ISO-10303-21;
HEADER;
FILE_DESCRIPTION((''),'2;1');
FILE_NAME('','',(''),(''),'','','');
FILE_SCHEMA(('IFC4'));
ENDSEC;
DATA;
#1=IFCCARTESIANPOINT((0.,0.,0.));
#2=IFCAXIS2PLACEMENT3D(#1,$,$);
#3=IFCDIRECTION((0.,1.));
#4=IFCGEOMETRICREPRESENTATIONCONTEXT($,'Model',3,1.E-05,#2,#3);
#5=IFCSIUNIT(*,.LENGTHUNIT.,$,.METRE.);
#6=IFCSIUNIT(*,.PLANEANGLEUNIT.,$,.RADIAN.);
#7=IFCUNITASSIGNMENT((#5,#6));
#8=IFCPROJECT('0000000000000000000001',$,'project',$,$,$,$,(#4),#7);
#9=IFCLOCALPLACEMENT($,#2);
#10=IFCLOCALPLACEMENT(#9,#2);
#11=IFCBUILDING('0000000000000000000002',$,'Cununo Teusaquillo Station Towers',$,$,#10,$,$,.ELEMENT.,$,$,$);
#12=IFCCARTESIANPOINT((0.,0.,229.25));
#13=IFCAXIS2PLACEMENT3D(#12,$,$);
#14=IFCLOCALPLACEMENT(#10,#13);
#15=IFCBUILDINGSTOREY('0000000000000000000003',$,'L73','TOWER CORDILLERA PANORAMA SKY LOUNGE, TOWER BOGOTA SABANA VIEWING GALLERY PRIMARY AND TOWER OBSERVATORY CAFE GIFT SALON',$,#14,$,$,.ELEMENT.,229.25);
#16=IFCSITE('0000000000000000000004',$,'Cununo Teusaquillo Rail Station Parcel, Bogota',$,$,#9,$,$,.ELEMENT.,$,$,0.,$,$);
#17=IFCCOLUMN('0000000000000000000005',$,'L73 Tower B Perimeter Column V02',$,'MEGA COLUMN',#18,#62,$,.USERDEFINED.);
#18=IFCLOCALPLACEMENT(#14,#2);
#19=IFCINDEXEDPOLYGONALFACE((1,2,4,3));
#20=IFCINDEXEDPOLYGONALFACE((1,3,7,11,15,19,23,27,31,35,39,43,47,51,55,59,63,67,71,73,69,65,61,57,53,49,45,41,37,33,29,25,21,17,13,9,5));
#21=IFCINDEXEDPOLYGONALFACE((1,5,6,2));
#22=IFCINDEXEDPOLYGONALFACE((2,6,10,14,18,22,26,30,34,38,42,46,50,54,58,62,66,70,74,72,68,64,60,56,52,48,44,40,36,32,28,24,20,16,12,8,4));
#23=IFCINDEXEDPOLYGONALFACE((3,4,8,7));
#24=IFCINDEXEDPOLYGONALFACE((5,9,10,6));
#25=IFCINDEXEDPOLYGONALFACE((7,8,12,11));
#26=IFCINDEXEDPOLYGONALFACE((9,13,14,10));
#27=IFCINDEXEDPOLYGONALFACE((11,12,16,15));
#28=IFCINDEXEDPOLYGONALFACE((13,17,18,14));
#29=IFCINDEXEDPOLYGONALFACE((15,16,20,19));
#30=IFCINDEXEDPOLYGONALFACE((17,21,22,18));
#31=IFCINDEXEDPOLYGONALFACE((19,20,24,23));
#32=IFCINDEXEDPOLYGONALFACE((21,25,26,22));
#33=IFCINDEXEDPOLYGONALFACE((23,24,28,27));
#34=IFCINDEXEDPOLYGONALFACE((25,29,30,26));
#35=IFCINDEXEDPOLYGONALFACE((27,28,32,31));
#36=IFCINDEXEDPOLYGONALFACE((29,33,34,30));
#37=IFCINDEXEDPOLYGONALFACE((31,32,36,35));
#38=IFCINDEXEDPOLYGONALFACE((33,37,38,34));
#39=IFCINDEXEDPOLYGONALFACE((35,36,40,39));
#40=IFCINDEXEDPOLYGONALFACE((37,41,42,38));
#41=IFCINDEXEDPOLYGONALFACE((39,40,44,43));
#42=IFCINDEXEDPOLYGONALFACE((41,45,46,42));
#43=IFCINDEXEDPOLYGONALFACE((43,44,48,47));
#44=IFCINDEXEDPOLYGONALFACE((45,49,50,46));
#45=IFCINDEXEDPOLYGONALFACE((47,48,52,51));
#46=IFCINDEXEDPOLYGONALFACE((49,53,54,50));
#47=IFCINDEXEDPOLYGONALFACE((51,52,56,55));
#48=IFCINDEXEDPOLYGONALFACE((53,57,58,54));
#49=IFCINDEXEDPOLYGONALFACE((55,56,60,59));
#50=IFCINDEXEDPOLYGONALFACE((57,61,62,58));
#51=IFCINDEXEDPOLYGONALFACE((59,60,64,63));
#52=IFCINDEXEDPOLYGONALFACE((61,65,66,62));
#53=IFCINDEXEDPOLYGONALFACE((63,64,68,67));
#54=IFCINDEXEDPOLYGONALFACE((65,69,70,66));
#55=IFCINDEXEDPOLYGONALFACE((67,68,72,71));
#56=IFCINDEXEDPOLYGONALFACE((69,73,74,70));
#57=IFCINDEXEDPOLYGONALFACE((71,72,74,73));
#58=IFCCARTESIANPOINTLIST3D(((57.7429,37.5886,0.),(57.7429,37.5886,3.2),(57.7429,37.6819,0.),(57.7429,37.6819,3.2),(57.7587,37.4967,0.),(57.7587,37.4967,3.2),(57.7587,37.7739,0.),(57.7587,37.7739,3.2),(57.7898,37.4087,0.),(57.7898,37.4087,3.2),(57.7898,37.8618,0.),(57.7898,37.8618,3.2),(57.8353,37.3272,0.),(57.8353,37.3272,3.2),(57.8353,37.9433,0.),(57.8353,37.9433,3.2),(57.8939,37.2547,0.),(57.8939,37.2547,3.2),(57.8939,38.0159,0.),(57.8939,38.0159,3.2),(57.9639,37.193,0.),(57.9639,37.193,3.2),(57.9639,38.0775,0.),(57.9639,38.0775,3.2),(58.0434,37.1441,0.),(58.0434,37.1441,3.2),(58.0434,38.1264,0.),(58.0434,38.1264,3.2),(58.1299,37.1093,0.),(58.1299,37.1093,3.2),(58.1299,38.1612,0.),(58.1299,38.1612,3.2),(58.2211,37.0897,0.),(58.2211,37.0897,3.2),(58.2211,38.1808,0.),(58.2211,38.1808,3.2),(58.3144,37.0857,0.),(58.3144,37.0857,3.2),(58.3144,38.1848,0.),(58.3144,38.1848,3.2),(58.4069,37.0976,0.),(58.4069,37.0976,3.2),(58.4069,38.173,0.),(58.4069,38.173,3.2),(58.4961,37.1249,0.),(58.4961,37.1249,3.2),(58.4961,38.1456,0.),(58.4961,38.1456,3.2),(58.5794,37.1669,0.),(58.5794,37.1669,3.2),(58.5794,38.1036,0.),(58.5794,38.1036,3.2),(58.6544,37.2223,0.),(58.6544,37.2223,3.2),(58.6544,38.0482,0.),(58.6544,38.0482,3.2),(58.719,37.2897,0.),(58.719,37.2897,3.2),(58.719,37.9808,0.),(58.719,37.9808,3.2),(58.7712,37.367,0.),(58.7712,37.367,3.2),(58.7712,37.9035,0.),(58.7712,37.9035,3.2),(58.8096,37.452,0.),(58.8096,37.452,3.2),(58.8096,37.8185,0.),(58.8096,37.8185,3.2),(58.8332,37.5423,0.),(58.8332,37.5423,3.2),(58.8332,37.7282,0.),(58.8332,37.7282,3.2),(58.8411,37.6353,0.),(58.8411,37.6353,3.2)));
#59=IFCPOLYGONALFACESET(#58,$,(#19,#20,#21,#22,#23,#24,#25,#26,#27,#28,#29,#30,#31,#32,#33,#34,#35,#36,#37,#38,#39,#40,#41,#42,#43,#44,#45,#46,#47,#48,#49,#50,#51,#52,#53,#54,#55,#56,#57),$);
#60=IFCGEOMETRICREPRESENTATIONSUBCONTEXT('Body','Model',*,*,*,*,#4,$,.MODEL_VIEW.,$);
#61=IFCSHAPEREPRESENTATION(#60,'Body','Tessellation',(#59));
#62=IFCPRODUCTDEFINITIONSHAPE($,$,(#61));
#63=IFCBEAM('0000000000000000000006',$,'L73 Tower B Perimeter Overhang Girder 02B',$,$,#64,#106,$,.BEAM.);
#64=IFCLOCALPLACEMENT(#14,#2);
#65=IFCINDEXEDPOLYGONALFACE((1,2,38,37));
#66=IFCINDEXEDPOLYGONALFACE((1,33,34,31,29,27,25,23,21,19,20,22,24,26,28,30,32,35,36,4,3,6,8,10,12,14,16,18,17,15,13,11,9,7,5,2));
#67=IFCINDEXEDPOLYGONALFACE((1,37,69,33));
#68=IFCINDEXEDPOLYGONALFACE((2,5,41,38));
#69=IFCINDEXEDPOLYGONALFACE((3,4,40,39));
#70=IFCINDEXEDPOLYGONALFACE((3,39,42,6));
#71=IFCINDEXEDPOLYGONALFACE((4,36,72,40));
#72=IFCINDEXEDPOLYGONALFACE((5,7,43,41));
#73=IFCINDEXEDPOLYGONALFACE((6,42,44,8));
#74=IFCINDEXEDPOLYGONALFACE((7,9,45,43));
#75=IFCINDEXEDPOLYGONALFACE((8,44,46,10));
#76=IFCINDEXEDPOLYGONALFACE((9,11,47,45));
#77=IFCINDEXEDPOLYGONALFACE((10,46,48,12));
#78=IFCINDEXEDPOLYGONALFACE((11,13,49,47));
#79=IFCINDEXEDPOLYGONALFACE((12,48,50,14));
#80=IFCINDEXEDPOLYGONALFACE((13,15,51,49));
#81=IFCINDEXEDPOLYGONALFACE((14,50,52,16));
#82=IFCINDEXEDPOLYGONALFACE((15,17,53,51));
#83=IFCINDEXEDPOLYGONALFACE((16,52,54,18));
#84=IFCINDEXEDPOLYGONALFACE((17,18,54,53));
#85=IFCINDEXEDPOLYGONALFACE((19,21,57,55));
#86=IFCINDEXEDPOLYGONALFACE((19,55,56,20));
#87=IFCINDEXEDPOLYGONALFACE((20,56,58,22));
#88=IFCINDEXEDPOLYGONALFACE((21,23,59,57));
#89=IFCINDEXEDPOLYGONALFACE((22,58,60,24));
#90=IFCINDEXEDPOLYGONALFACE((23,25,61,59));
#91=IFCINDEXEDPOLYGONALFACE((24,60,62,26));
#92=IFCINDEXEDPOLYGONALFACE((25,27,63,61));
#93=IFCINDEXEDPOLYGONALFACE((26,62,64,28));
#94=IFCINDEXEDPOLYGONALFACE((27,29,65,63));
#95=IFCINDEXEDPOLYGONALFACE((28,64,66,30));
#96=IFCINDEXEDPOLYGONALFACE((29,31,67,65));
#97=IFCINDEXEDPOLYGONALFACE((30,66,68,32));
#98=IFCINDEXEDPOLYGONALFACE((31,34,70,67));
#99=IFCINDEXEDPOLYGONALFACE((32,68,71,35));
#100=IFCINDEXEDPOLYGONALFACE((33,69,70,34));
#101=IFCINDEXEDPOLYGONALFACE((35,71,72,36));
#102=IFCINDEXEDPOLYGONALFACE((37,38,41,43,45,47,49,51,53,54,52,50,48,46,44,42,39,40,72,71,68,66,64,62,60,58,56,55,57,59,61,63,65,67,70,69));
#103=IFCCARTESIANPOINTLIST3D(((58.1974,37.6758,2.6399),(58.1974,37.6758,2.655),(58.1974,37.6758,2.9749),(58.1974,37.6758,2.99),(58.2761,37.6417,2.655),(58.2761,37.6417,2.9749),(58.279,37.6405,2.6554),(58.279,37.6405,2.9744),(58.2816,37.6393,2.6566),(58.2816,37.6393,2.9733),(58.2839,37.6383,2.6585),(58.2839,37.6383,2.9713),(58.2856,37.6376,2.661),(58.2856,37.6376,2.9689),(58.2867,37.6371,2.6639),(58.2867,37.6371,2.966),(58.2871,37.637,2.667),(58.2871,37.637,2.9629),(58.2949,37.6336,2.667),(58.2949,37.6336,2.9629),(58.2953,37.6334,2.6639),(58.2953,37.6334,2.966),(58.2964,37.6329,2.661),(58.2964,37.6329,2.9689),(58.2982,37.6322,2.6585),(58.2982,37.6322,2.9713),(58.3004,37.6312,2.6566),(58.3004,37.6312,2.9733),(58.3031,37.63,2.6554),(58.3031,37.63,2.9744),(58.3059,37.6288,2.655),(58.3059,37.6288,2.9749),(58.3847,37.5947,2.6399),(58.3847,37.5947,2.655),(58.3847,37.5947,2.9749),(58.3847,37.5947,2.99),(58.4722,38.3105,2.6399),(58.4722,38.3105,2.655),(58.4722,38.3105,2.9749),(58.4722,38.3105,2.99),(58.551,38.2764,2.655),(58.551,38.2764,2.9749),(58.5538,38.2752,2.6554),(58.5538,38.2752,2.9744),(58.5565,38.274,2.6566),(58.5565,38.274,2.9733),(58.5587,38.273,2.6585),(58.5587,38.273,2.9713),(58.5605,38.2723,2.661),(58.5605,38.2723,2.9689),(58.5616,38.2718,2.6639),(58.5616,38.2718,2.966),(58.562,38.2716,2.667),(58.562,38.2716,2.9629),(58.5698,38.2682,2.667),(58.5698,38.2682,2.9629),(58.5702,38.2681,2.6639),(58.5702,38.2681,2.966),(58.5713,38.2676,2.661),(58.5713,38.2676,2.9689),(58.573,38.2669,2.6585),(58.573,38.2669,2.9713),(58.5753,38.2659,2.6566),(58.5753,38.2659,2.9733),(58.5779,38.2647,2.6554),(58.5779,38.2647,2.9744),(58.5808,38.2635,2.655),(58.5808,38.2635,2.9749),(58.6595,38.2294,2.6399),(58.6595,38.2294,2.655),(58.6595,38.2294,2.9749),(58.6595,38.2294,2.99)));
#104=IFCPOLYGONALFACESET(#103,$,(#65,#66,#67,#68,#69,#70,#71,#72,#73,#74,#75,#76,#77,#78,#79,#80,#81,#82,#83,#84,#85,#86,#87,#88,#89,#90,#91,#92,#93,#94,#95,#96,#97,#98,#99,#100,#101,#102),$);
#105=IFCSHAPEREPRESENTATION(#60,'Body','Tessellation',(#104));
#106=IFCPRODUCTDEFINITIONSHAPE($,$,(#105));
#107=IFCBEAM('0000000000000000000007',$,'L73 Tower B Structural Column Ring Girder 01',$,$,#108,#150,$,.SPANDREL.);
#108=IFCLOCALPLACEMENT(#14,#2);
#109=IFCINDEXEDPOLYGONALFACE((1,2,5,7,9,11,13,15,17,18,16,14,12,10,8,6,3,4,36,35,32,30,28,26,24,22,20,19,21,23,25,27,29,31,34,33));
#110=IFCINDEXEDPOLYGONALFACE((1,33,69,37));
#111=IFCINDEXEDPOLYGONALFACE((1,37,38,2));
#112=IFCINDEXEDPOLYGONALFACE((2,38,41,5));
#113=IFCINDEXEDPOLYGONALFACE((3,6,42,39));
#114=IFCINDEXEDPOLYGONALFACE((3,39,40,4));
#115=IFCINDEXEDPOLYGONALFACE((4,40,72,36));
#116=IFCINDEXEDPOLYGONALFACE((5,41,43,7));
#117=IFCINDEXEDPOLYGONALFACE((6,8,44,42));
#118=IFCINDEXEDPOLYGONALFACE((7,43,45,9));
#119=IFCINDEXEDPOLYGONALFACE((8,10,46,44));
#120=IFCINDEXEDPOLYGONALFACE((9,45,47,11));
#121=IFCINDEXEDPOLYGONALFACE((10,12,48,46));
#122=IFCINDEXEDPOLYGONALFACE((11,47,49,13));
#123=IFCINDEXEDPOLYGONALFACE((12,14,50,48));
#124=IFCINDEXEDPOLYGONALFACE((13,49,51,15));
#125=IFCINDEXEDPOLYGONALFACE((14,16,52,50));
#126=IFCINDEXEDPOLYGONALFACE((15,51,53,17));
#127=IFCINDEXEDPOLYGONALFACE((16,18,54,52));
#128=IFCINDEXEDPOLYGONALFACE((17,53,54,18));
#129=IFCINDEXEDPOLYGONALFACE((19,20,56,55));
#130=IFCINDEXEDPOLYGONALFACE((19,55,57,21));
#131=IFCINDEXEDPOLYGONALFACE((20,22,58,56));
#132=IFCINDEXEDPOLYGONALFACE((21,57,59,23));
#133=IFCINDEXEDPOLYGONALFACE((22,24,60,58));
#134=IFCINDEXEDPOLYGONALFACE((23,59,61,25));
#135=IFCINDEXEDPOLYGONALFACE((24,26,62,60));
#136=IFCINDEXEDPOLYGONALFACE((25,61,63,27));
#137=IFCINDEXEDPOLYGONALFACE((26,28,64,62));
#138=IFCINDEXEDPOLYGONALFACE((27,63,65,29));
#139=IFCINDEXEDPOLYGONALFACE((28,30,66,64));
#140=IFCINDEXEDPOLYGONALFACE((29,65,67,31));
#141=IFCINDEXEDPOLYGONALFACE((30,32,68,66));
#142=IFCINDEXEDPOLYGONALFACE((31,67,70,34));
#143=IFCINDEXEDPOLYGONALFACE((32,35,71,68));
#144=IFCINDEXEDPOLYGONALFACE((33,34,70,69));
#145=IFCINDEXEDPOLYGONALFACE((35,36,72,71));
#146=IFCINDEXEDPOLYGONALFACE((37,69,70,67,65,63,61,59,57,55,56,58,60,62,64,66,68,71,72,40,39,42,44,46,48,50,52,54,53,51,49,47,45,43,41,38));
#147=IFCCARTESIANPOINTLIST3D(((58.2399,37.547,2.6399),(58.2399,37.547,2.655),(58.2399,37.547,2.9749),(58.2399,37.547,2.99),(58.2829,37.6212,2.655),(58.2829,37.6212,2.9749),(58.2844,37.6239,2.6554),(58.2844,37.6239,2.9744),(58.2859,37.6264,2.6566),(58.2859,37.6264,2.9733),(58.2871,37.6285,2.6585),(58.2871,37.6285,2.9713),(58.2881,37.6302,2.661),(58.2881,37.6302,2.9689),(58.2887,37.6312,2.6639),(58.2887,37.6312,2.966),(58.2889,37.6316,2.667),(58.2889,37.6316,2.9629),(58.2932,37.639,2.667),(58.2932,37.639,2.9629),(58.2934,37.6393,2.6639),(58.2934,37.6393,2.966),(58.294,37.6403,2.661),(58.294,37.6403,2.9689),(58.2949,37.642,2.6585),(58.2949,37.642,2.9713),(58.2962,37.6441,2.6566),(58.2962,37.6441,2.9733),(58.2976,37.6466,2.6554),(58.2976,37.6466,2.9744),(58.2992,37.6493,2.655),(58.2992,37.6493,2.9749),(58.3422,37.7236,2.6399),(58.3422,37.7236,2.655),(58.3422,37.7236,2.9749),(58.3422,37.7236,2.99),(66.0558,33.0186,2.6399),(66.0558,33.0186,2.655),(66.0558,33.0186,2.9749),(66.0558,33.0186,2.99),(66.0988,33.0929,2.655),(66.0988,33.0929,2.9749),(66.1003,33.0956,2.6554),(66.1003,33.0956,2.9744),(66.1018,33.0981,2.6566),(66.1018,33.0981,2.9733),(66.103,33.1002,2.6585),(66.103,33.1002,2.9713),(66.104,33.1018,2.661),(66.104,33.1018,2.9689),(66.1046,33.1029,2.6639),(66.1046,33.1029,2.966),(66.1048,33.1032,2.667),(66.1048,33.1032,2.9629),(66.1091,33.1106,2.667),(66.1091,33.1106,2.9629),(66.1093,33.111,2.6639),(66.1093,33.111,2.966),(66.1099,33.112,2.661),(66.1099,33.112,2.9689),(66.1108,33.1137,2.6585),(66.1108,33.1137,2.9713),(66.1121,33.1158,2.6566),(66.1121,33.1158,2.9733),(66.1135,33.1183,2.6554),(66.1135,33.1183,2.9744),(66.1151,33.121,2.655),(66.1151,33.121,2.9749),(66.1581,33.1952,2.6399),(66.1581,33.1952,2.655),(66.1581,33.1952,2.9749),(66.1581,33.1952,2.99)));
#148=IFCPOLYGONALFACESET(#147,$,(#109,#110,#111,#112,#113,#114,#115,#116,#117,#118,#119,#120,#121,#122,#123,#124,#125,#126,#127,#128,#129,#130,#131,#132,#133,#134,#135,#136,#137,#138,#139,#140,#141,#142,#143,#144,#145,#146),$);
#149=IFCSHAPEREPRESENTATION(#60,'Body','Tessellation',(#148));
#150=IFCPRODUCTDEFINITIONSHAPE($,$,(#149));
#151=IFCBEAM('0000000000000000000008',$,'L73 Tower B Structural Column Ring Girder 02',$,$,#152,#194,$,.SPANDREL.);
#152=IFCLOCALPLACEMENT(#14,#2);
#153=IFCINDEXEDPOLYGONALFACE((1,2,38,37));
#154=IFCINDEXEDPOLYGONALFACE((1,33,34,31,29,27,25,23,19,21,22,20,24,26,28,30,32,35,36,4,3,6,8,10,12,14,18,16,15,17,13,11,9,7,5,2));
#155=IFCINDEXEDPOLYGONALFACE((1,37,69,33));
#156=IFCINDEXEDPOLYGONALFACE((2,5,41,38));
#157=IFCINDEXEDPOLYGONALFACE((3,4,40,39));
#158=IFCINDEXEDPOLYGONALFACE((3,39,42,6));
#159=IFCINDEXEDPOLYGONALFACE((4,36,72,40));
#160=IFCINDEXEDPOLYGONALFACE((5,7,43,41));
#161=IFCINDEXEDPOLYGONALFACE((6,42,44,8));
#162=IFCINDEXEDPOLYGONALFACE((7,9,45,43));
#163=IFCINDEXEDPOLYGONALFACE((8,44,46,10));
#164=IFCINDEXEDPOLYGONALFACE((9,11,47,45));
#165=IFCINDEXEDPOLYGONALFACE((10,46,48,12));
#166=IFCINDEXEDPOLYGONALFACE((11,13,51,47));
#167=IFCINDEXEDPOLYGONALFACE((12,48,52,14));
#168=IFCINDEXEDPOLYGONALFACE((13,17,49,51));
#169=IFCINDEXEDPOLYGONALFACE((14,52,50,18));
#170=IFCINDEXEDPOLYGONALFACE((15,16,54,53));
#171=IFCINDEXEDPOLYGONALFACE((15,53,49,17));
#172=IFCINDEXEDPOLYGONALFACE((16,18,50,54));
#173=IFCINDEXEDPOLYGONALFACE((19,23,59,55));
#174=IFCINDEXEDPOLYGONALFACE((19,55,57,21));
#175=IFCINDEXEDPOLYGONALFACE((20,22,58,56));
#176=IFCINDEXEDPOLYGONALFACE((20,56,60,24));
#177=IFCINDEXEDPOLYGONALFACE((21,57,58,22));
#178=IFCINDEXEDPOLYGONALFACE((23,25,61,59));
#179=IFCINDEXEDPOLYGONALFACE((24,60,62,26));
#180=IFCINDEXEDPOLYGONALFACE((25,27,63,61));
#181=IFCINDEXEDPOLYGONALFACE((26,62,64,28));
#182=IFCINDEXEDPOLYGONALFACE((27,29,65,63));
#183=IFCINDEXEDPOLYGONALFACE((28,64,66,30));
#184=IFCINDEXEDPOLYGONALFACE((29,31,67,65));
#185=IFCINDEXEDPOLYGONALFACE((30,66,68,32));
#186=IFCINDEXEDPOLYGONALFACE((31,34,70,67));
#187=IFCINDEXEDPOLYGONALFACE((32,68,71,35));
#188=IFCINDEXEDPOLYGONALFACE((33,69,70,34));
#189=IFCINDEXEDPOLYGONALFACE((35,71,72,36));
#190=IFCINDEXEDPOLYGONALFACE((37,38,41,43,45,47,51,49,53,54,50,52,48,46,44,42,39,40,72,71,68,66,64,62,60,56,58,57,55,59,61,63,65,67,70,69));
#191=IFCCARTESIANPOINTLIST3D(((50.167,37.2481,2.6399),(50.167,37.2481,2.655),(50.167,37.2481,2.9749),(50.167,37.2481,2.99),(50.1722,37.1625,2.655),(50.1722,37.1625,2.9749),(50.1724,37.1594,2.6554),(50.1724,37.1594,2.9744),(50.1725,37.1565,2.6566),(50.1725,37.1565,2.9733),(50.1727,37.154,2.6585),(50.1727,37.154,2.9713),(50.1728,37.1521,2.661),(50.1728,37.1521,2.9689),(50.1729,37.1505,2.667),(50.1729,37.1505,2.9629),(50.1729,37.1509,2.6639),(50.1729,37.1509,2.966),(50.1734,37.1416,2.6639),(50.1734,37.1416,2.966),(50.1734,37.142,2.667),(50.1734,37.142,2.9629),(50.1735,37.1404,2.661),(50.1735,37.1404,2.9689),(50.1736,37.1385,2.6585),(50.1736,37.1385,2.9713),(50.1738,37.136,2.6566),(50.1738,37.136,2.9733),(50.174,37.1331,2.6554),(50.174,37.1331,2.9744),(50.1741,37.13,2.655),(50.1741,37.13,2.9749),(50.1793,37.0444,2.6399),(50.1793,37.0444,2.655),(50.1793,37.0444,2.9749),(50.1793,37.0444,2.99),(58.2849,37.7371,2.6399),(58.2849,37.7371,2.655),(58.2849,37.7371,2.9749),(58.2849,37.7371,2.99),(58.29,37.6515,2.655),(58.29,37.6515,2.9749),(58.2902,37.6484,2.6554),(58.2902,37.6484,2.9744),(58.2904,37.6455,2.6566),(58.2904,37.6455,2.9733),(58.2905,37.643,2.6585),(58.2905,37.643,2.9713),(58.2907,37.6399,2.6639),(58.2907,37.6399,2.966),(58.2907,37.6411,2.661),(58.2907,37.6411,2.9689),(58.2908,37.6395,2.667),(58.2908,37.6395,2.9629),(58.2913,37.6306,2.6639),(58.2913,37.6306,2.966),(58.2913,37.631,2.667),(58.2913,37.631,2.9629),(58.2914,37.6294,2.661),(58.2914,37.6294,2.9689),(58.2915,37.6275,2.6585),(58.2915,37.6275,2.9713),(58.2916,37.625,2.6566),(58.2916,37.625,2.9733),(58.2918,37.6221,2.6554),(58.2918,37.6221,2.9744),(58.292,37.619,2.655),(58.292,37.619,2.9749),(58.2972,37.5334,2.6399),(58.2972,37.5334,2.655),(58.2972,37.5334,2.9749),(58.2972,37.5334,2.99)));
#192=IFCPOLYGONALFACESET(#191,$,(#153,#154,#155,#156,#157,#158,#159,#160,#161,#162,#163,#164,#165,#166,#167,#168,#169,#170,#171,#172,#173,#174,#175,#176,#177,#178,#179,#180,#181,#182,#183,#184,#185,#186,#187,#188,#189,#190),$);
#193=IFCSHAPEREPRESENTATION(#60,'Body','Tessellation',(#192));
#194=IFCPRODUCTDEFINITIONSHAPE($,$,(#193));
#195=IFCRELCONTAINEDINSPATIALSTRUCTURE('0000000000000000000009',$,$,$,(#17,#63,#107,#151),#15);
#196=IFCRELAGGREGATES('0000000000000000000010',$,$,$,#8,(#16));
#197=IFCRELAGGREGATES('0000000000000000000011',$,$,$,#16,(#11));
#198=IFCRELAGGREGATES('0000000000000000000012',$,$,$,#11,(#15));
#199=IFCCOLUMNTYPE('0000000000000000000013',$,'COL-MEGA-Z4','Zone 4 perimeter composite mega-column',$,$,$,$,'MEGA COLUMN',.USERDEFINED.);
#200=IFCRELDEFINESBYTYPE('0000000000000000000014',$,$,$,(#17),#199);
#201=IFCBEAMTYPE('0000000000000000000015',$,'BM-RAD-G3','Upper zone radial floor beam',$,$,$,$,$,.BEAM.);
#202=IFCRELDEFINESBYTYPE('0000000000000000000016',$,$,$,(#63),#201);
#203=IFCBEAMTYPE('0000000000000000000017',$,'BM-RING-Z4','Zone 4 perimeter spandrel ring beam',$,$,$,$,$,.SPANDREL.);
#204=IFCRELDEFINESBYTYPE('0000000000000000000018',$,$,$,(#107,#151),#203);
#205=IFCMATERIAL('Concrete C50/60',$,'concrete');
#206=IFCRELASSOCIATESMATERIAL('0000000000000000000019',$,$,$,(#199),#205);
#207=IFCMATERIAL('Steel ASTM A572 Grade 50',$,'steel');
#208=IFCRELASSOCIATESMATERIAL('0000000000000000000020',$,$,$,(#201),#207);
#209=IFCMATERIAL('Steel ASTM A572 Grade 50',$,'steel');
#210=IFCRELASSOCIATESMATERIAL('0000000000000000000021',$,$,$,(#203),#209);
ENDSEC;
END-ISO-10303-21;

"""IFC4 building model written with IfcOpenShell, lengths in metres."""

from ifc_helpers import new_model, si_unit, direction, frame, origin, origin_2d, place, context, subcontext, project, spatial, circle, i_section, extrude, material, material_profile, profile_set, type_object, element, save


model = new_model("IFC4")

# Units and contexts
model_context = context("Model", 3, precision=1e-05, world=origin(), true_north=direction((0.0, 1.0)))
body_context = subcontext(model_context, "Body", "Model", "MODEL_VIEW")
ifc_project = project(units=[si_unit("LENGTHUNIT", "METRE"), si_unit("PLANEANGLEUNIT", "RADIAN")], contexts=[model_context])

# Site, building, storey
site_placement = place(None, origin())
site = spatial("IfcSite", under=ifc_project, at=site_placement, Name="Cununo Teusaquillo Rail Station Parcel, Bogota", CompositionType="ELEMENT", RefElevation=0.0)
building_placement = place(site_placement, origin())
building = spatial("IfcBuilding", under=site, at=building_placement, Name="Cununo Teusaquillo Station Towers", CompositionType="ELEMENT")
storey_placement = place(building_placement, frame((0.0, 0.0, 229.25)))
storey = spatial("IfcBuildingStorey", under=building, at=storey_placement, Name="L73", Description="TOWER CORDILLERA PANORAMA SKY LOUNGE, TOWER BOGOTA SABANA VIEWING GALLERY PRIMARY AND TOWER OBSERVATORY CAFE GIFT SALON", CompositionType="ELEMENT", Elevation=229.25)

# Column
ifc_material_1 = material(Name="Concrete C50/60", Category="concrete")
ifc_material_profile_1 = material_profile(ifc_material_1, circle(Radius=0.55, at=origin_2d()), Name="RC-CIRC-1100")
ifc_profile_set_1 = profile_set([ifc_material_profile_1], Name="Concrete C50/60")
column_type = type_object("IfcColumnType", Name="COL-MEGA-Z4", Description="Zone 4 perimeter composite mega-column", ElementType="MEGA COLUMN", PredefinedType="USERDEFINED", material=ifc_profile_set_1)
column_placement = place(storey_placement, frame((58.291, 37.6353, 0.0), z_axis=(0.0, 0.0, 1.0), x_axis=(1.0, 0.0, 0.0)))
element("IfcColumn", 1, at=column_placement, inside=storey, type_object=column_type, Name="L73 Tower B Perimeter Column V02", ObjectType="MEGA COLUMN", PredefinedType="USERDEFINED", context=body_context, shape_type="SweptSolid", body=[
    extrude(circle(Radius=0.55, at=origin_2d()), origin(), (0.0, 0.0, 1.0), 3.2),
])

# Beams
ifc_material_2 = material(Name="Steel ASTM A572 Grade 50", Category="steel")
ifc_material_profile_2 = material_profile(ifc_material_2, i_section(OverallWidth=0.2041, OverallDepth=0.3501, WebThickness=0.0085, FlangeThickness=0.0151, FilletRadius=0.012, at=origin_2d()), Name="W14X48")
ifc_profile_set_2 = profile_set([ifc_material_profile_2], Name="Steel ASTM A572 Grade 50")
beam_type_1 = type_object("IfcBeamType", Name="BM-RAD-G3", Description="Upper zone radial floor beam", PredefinedType="BEAM", material=ifc_profile_set_2)
beam_1_placement = place(storey_placement, frame((58.291, 37.6353, 2.8149), z_axis=(0.397409, 0.917641, 0.0), x_axis=(-0.917641, 0.397409, 0.0)))
element("IfcBeam", 2, at=beam_1_placement, inside=storey, type_object=beam_type_1, Name="L73 Tower B Perimeter Overhang Girder 02B", PredefinedType="BEAM", context=body_context, shape_type="SweptSolid", body=[
    extrude(i_section(OverallWidth=0.2041, OverallDepth=0.3501, WebThickness=0.0085, FlangeThickness=0.0151, FilletRadius=0.012, at=origin_2d()), origin(), (0.0, 0.0, 1.0), 0.6917),
])
ifc_material_3 = material(Name="Steel ASTM A572 Grade 50", Category="steel")
ifc_material_profile_3 = material_profile(ifc_material_3, i_section(OverallWidth=0.2041, OverallDepth=0.3501, WebThickness=0.0085, FlangeThickness=0.0151, FilletRadius=0.012, at=origin_2d()), Name="W14X48")
ifc_profile_set_3 = profile_set([ifc_material_profile_3], Name="Steel ASTM A572 Grade 50")
beam_type_2 = type_object("IfcBeamType", Name="BM-RING-Z4", Description="Zone 4 perimeter spandrel ring beam", PredefinedType="SPANDREL", material=ifc_profile_set_3)
beam_2_placement = place(storey_placement, frame((66.1069, 33.1069, 2.8149), z_axis=(-0.865267, 0.501311, 0.0), x_axis=(-0.501311, -0.865267, 0.0)))
element("IfcBeam", 3, at=beam_2_placement, inside=storey, type_object=beam_type_2, Name="L73 Tower B Structural Column Ring Girder 01", PredefinedType="SPANDREL", context=body_context, shape_type="SweptSolid", body=[
    extrude(i_section(OverallWidth=0.2041, OverallDepth=0.3501, WebThickness=0.0085, FlangeThickness=0.0151, FilletRadius=0.012, at=origin_2d()), origin(), (0.0, 0.0, 1.0), 9.033),
])
beam_3_placement = place(storey_placement, frame((58.291, 37.6353, 2.8149), z_axis=(-0.998191, -0.06013, 0.0), x_axis=(0.06013, -0.998191, 0.0)))
element("IfcBeam", 4, at=beam_3_placement, inside=storey, type_object=beam_type_2, Name="L73 Tower B Structural Column Ring Girder 02", PredefinedType="SPANDREL", context=body_context, shape_type="SweptSolid", body=[
    extrude(i_section(OverallWidth=0.2041, OverallDepth=0.3501, WebThickness=0.0085, FlangeThickness=0.0151, FilletRadius=0.012, at=origin_2d()), origin(), (0.0, 0.0, 1.0), 8.1326),
])

save(model, "model.ifc")
